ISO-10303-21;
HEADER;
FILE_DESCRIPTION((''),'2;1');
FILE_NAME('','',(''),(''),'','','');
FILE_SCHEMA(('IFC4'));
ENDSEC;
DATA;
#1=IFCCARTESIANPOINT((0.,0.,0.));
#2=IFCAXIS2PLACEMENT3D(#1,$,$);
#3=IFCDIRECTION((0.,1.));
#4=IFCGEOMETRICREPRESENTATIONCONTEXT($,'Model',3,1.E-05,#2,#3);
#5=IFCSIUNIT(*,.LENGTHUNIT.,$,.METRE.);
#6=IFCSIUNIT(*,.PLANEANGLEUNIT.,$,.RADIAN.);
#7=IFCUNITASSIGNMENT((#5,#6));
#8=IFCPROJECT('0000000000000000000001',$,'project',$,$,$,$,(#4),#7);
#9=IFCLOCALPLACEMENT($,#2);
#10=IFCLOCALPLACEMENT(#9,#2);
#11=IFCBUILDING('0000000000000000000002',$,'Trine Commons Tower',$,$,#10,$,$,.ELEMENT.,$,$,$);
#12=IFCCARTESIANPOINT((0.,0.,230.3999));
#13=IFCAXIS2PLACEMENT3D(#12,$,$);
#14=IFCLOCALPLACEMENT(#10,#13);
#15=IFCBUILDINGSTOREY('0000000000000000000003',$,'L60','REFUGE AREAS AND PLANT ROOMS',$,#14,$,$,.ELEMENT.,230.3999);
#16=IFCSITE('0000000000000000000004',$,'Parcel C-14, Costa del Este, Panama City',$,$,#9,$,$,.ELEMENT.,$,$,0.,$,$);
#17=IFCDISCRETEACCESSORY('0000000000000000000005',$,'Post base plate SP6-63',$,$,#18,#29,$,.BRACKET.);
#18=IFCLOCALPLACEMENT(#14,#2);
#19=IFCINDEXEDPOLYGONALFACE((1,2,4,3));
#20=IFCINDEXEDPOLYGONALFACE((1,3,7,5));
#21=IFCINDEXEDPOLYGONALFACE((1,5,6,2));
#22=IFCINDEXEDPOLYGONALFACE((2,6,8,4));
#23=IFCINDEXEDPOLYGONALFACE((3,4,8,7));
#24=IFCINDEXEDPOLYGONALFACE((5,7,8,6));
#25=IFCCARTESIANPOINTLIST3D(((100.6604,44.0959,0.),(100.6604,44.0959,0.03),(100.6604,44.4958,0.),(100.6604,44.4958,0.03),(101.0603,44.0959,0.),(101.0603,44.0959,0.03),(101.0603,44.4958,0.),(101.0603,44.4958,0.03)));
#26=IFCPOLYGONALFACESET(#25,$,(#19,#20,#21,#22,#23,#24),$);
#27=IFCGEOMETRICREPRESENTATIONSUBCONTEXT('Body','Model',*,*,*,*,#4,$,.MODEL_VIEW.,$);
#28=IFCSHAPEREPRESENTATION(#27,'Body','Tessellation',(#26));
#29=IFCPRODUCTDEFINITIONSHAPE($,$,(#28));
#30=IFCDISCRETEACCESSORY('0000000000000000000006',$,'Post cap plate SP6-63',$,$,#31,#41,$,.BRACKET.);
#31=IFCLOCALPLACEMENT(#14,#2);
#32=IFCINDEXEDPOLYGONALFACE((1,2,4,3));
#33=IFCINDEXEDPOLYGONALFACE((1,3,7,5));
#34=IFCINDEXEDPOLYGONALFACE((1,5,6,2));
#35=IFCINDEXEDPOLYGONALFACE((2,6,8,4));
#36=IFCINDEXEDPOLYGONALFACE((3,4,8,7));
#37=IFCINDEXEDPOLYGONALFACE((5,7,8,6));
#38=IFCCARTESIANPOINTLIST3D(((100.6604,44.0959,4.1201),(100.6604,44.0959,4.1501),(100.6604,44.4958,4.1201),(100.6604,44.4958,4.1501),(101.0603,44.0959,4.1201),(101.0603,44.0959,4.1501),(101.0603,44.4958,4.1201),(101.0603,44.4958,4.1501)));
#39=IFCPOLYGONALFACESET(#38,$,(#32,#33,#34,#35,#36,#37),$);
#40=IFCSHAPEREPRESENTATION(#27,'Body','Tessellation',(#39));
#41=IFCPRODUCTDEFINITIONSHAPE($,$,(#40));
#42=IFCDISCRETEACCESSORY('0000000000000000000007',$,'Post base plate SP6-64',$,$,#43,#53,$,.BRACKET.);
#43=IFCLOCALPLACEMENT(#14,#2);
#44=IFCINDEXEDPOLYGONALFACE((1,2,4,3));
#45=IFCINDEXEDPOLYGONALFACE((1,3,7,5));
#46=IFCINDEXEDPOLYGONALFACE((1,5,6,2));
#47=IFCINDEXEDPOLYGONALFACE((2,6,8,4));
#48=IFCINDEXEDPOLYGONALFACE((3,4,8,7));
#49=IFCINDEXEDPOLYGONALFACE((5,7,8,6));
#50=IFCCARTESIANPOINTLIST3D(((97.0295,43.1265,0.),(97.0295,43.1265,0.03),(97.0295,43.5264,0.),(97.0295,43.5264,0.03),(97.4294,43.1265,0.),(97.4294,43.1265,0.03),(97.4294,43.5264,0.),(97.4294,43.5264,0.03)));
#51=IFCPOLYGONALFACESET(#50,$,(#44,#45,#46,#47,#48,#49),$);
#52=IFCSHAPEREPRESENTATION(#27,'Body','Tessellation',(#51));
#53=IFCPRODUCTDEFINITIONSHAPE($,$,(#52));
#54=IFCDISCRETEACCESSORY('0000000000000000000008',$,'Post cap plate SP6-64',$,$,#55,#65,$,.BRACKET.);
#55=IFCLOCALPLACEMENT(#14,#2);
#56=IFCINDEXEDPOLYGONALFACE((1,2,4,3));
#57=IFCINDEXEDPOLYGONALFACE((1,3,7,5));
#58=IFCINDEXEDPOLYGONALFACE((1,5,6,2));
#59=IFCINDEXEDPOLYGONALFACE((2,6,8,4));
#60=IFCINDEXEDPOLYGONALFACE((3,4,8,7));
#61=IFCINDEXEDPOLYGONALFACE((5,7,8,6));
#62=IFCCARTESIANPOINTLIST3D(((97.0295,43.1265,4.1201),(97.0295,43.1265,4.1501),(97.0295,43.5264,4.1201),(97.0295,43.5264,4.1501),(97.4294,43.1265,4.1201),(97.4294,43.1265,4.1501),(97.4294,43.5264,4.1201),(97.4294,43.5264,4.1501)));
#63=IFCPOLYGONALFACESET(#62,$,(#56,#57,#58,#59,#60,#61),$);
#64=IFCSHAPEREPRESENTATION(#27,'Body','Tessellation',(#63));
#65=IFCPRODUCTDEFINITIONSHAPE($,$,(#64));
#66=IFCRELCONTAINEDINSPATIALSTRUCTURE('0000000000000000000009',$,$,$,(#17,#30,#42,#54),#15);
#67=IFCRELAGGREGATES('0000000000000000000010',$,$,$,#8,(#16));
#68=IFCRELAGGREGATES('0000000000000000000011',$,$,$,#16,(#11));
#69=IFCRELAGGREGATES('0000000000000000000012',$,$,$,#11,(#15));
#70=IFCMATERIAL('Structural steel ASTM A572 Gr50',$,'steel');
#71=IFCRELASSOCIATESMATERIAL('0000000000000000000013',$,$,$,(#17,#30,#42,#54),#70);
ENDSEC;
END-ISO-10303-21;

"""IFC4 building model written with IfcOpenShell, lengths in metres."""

from ifc_helpers import new_model, si_unit, direction, frame, origin, origin_2d, place, context, subcontext, project, spatial, rectangle, extrude, material, element, save


model = new_model("IFC4")

# Units and contexts
model_context = context("Model", 3, precision=1e-05, world=origin(), true_north=direction((0.0, 1.0)))
body_context = subcontext(model_context, "Body", "Model", "MODEL_VIEW")
ifc_project = project(units=[si_unit("LENGTHUNIT", "METRE"), si_unit("PLANEANGLEUNIT", "RADIAN")], contexts=[model_context])

# Site, building, storey
site_placement = place(None, origin())
site = spatial("IfcSite", under=ifc_project, at=site_placement, Name="Parcel C-14, Costa del Este, Panama City", CompositionType="ELEMENT", RefElevation=0.0)
building_placement = place(site_placement, origin())
building = spatial("IfcBuilding", under=site, at=building_placement, Name="Trine Commons Tower", CompositionType="ELEMENT")
storey_placement = place(building_placement, frame((0.0, 0.0, 230.3999)))
storey = spatial("IfcBuildingStorey", under=building, at=storey_placement, Name="L60", Description="REFUGE AREAS AND PLANT ROOMS", CompositionType="ELEMENT", Elevation=230.3999)

# Discrete accessories
ifc_material_1 = material(Name="Structural steel ASTM A572 Gr50", Category="steel")
for number, where, z_axis, x_axis, name in (
    (1, (100.8604, 44.2959, 0.0), (0.0, 0.0, 1.0), (1.0, 0.0, 0.0), "Post base plate SP6-63"),
    (2, (100.8604, 44.2959, 4.1201), (0.0, 0.0, 1.0), (1.0, 0.0, 0.0), "Post cap plate SP6-63"),
    (3, (97.2295, 43.3264, 0.0), (0.0, 0.0, 1.0), (1.0, 0.0, 0.0), "Post base plate SP6-64"),
    (4, (97.2295, 43.3264, 4.1201), (0.0, 0.0, 1.0), (1.0, 0.0, 0.0), "Post cap plate SP6-64"),
):
    element("IfcDiscreteAccessory", number, at=place(storey_placement, frame(where, z_axis=z_axis, x_axis=x_axis)), inside=storey, material=ifc_material_1, Name=name, PredefinedType="BRACKET", context=body_context, shape_type="SweptSolid", body=[
        extrude(rectangle(XDim=0.3999, YDim=0.3999, at=origin_2d()), origin(), (0.0, 0.0, 1.0), 0.03),
    ])

save(model, "model.ifc")
